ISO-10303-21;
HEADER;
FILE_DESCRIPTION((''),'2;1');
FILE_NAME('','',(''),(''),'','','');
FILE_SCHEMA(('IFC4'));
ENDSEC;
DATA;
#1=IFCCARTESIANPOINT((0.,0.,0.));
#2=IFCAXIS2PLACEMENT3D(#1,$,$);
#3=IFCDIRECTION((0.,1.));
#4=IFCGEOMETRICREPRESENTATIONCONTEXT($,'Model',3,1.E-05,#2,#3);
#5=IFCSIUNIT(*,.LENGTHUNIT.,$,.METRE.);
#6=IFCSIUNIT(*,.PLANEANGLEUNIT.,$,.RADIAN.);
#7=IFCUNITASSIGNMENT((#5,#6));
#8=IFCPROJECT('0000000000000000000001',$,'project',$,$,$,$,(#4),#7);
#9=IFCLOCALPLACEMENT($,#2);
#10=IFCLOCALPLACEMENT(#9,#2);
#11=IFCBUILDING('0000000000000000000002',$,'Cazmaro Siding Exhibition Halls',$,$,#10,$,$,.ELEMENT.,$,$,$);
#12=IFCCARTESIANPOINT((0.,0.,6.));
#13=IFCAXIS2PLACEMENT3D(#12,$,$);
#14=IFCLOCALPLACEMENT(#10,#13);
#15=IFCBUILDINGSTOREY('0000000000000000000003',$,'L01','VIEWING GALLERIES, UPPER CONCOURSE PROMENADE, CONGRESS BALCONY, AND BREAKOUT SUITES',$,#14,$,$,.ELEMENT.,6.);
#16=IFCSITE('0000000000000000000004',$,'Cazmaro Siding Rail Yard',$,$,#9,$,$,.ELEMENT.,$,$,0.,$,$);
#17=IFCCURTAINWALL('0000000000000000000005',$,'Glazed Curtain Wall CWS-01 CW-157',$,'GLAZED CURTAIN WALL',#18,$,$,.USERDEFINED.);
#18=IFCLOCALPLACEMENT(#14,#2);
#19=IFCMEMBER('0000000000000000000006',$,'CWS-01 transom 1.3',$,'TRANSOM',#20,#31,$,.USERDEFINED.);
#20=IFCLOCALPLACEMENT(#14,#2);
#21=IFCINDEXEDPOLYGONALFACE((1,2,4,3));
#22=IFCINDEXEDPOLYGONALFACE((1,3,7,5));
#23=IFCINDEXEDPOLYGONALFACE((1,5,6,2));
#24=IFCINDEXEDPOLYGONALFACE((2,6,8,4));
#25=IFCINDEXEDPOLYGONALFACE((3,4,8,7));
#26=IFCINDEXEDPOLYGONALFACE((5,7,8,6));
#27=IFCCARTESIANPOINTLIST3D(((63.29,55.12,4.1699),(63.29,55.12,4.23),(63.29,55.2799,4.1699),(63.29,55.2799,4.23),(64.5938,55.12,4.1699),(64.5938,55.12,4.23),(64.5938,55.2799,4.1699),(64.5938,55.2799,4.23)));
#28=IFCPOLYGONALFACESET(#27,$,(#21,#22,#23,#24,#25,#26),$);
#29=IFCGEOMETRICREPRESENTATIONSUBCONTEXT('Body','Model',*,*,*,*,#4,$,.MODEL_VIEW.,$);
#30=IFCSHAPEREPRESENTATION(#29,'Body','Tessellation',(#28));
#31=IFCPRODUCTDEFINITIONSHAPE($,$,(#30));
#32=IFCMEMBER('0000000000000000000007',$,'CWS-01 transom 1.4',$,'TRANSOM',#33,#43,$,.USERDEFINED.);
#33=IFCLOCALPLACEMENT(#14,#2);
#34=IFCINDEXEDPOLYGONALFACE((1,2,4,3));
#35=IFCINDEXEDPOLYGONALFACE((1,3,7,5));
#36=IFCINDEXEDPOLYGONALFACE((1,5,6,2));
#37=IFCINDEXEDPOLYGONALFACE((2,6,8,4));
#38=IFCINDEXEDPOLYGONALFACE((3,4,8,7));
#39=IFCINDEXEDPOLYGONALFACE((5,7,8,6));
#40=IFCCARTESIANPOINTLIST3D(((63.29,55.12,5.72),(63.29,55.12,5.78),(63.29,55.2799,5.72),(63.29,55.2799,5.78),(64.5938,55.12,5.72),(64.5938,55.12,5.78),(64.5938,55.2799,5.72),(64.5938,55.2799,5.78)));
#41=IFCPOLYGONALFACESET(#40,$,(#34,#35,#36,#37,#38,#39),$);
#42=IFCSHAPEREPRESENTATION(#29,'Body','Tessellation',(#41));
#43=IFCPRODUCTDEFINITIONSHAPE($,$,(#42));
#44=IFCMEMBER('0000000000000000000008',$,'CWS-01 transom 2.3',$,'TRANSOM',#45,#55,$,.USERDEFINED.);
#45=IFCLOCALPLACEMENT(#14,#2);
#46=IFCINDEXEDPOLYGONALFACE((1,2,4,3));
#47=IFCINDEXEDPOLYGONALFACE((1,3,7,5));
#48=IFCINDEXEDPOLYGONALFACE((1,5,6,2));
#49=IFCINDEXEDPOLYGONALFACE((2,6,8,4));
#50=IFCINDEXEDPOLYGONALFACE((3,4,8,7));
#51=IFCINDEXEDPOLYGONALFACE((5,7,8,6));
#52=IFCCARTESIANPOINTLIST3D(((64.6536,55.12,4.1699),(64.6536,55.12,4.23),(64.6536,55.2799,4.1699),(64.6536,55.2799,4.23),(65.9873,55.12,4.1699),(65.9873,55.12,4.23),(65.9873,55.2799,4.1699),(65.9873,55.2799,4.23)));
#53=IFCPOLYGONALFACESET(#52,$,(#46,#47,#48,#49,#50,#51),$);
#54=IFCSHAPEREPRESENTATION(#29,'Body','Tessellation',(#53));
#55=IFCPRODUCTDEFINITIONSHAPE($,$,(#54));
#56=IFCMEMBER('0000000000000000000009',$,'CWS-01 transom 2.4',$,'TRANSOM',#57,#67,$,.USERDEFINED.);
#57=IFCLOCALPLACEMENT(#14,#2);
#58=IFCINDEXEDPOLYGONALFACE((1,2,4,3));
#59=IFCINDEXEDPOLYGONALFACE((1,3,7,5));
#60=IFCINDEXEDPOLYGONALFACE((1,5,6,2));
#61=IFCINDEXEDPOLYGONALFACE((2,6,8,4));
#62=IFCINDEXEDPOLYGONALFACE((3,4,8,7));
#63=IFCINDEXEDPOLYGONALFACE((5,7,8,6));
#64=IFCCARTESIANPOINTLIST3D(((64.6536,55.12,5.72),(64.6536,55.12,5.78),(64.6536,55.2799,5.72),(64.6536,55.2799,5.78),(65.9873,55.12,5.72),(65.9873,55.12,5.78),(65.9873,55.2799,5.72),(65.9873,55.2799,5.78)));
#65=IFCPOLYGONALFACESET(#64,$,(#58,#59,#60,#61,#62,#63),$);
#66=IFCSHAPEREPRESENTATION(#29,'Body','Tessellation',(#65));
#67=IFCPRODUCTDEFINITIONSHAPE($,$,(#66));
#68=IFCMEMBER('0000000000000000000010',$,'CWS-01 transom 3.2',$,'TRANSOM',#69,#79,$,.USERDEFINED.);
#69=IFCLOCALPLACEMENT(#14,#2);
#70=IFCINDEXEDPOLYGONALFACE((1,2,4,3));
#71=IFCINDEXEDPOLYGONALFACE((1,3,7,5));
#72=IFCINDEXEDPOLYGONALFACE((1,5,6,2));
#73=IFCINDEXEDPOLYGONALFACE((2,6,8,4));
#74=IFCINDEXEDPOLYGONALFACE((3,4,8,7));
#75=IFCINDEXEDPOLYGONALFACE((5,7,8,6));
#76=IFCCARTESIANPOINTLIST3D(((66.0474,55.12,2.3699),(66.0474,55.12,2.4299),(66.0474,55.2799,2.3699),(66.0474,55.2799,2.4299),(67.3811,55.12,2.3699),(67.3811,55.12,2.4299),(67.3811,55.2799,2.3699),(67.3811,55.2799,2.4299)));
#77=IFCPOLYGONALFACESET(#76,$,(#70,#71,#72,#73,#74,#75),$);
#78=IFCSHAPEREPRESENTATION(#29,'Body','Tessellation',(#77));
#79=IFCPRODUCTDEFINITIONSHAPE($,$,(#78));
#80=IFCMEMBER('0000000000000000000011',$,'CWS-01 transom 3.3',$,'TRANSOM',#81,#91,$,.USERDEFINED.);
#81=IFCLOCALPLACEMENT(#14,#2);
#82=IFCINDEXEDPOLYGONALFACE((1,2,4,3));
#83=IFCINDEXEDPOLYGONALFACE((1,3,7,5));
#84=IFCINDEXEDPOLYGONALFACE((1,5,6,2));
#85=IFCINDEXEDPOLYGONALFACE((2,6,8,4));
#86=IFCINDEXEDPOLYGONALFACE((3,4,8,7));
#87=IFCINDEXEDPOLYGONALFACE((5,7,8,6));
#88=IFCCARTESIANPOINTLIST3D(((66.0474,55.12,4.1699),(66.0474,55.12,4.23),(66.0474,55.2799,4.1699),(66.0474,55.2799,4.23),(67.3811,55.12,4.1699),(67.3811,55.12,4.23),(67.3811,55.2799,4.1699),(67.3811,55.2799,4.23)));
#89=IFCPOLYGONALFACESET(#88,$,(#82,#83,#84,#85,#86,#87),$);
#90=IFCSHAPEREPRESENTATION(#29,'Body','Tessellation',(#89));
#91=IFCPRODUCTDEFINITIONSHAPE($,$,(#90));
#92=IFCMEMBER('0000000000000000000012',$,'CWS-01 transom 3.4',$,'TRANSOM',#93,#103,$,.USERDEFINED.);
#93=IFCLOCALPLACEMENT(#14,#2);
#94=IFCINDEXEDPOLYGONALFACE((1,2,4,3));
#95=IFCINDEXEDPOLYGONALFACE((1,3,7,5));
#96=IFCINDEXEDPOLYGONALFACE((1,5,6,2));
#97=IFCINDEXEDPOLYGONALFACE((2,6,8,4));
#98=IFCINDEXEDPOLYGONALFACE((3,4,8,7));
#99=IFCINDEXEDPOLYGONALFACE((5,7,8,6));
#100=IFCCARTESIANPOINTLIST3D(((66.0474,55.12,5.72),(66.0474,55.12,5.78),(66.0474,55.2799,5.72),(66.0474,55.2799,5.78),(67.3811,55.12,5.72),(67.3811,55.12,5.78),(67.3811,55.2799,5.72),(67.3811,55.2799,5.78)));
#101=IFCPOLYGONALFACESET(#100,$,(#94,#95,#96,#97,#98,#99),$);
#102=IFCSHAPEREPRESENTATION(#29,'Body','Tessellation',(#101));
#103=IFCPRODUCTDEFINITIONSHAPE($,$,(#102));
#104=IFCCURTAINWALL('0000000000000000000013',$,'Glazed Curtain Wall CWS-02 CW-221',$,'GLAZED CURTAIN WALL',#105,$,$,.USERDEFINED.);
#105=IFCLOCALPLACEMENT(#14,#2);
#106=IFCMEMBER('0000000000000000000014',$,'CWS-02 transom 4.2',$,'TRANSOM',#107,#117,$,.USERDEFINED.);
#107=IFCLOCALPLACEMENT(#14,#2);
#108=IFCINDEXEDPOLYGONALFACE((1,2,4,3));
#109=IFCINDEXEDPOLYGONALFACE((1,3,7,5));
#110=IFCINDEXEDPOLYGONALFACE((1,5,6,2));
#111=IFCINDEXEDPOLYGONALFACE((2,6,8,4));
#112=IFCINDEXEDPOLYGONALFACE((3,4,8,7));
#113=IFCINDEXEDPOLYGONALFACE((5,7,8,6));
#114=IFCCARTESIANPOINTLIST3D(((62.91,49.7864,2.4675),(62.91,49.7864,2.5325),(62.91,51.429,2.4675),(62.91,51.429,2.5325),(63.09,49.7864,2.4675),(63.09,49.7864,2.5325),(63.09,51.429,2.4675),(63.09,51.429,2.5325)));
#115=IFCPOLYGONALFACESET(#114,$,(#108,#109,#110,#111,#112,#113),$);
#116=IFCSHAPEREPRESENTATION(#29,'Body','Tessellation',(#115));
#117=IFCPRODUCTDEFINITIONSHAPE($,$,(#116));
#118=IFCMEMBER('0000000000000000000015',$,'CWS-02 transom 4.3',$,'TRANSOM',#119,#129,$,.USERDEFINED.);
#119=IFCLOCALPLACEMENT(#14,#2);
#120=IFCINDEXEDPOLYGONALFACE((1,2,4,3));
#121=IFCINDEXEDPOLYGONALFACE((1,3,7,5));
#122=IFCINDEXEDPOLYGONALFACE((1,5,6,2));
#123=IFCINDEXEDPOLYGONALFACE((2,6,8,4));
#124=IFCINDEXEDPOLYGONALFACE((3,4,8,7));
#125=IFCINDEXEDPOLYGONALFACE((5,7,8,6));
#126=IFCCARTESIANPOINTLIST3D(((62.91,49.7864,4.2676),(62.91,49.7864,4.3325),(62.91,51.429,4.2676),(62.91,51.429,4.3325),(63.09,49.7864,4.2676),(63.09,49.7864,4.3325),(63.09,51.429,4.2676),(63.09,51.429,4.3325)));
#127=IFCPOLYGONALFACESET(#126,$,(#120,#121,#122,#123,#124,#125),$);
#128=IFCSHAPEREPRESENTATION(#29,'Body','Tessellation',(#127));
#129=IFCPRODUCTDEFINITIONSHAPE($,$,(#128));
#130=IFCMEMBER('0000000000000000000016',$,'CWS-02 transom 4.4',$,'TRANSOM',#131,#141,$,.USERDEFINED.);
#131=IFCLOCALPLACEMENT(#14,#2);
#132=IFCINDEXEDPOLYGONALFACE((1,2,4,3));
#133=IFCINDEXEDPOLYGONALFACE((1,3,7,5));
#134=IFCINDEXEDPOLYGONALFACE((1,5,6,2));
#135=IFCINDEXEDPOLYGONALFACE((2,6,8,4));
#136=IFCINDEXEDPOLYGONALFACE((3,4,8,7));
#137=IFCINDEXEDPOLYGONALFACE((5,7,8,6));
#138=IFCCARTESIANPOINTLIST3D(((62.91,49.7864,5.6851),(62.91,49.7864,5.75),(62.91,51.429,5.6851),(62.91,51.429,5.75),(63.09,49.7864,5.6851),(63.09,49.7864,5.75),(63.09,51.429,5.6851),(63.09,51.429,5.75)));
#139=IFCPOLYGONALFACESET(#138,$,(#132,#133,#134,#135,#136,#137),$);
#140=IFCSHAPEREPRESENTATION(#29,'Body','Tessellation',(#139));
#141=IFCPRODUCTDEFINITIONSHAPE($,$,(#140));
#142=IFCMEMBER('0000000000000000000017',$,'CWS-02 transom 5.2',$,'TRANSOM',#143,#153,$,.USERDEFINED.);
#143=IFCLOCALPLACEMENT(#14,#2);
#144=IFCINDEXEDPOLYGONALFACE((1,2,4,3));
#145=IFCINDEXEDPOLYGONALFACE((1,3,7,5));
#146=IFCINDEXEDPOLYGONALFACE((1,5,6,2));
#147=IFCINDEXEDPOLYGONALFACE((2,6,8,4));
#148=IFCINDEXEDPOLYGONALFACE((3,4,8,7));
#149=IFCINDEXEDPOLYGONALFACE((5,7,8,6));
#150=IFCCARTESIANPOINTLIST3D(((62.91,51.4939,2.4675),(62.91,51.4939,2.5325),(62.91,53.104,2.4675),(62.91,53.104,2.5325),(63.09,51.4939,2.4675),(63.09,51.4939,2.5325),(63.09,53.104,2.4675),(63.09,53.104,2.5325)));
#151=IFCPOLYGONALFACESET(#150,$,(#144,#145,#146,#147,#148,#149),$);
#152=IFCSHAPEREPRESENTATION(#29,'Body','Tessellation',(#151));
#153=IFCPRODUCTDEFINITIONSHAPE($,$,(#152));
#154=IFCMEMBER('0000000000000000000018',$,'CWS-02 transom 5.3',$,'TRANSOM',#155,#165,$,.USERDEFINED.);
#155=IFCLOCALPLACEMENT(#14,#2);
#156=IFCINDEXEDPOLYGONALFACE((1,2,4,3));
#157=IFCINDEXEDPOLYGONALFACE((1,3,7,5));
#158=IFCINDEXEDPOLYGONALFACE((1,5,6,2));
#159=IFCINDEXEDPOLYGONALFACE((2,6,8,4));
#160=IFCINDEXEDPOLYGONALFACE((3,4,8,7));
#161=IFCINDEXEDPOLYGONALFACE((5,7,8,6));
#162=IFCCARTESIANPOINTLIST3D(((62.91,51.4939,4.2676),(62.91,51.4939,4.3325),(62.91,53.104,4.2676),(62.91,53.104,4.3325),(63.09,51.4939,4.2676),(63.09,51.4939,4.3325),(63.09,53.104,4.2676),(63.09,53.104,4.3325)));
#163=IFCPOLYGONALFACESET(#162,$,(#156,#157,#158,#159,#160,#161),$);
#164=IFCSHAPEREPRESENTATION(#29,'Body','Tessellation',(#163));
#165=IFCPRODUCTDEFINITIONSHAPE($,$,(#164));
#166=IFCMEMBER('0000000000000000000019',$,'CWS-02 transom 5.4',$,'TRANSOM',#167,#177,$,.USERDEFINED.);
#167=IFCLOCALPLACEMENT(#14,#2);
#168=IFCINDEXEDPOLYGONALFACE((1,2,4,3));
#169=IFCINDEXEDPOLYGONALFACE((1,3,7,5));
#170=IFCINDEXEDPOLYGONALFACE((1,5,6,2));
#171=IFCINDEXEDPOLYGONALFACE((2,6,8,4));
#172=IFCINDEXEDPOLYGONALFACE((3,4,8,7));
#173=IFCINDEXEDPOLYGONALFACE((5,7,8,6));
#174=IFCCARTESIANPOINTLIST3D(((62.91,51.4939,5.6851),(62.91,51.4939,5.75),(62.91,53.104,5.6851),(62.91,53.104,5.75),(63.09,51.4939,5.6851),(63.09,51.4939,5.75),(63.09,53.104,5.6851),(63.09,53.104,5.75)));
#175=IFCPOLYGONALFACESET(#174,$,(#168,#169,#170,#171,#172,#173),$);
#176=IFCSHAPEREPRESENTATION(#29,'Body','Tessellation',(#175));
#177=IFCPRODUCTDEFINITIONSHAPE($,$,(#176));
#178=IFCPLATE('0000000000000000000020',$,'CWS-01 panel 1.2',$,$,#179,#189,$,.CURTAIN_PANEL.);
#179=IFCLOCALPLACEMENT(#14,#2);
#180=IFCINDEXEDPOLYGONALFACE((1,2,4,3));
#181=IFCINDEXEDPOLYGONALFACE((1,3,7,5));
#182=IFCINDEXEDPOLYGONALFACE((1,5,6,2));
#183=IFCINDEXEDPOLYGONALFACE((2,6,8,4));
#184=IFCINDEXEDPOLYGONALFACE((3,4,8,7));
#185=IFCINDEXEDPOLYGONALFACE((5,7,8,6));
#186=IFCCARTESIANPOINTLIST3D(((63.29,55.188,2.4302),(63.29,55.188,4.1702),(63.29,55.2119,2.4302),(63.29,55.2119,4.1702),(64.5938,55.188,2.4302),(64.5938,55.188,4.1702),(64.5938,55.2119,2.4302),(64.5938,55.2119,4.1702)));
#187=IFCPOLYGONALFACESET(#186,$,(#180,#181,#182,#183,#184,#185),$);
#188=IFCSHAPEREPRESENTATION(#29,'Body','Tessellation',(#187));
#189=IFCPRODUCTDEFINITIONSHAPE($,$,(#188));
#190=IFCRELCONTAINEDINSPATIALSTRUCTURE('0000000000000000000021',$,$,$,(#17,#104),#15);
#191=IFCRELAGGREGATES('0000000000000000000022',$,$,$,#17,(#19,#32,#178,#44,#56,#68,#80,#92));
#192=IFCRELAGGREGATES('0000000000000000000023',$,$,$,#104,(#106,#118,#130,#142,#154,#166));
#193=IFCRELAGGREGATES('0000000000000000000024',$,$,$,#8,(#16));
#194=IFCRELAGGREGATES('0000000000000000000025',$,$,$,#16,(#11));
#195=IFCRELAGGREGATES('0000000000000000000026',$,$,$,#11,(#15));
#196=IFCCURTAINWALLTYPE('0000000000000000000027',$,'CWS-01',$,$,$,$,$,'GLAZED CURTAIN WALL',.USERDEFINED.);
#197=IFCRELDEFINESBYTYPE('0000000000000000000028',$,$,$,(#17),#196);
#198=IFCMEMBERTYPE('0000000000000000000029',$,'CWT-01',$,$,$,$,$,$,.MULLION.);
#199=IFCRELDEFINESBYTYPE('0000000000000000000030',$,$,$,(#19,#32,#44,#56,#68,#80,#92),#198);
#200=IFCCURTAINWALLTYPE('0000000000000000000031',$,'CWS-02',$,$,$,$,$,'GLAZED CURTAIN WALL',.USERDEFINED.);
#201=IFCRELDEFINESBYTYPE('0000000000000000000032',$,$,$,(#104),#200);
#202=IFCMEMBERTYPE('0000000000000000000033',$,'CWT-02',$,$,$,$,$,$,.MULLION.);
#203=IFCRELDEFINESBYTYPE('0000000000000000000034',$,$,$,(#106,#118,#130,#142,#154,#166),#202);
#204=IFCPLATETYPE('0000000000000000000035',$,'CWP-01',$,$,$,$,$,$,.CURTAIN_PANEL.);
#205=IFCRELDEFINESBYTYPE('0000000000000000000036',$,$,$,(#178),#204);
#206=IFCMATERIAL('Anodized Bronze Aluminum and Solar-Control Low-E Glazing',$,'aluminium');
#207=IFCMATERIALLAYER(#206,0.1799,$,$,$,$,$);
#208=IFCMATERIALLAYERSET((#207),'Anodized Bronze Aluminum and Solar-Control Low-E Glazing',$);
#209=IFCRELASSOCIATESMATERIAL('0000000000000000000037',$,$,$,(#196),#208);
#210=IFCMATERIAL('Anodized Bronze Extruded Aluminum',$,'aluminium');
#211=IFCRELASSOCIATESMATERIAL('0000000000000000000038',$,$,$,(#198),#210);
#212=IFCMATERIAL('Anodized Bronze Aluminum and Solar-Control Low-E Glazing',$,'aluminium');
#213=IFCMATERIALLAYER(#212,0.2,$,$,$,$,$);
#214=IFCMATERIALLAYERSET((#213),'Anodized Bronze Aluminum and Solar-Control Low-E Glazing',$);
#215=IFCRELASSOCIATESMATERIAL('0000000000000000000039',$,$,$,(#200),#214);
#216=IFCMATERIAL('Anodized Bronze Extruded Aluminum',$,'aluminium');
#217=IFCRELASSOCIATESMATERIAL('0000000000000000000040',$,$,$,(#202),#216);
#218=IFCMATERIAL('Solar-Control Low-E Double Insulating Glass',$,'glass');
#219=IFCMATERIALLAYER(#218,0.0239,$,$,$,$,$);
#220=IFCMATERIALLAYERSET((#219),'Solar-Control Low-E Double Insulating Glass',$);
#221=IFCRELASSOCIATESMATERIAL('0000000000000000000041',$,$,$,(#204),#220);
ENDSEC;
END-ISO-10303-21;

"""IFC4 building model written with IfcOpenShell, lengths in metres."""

from ifc_helpers import new_model, si_unit, direction, frame, origin, origin_2d, place, context, subcontext, project, spatial, rectangle, extrude, material, layer, layer_set, material_profile, profile_set, type_object, element, aggregate, save


model = new_model("IFC4")

# Units and contexts
model_context = context("Model", 3, precision=1e-05, world=origin(), true_north=direction((0.0, 1.0)))
body_context = subcontext(model_context, "Body", "Model", "MODEL_VIEW")
ifc_project = project(units=[si_unit("LENGTHUNIT", "METRE"), si_unit("PLANEANGLEUNIT", "RADIAN")], contexts=[model_context])

# Site, building, storey
site_placement = place(None, origin())
site = spatial("IfcSite", under=ifc_project, at=site_placement, Name="Cazmaro Siding Rail Yard", CompositionType="ELEMENT", RefElevation=0.0)
building_placement = place(site_placement, origin())
building = spatial("IfcBuilding", under=site, at=building_placement, Name="Cazmaro Siding Exhibition Halls", CompositionType="ELEMENT")
storey_placement = place(building_placement, frame((0.0, 0.0, 6.0)))
storey = spatial("IfcBuildingStorey", under=building, at=storey_placement, Name="L01", Description="VIEWING GALLERIES, UPPER CONCOURSE PROMENADE, CONGRESS BALCONY, AND BREAKOUT SUITES", CompositionType="ELEMENT", Elevation=6.0)

# Curtain walls, members
ifc_material_1 = material(Name="Anodized Bronze Aluminum and Solar-Control Low-E Glazing", Category="aluminium")
ifc_layer_1 = layer(ifc_material_1, 0.1799)
ifc_layer_set_1 = layer_set([ifc_layer_1], Name="Anodized Bronze Aluminum and Solar-Control Low-E Glazing")
curtain_wall_type_1 = type_object("IfcCurtainWallType", Name="CWS-01", ElementType="GLAZED CURTAIN WALL", PredefinedType="USERDEFINED", material=ifc_layer_set_1)
curtain_wall_1_placement = place(storey_placement, origin())
curtain_wall_1 = element("IfcCurtainWall", 1, at=curtain_wall_1_placement, inside=storey, type_object=curtain_wall_type_1, Name="Glazed Curtain Wall CWS-01 CW-157", ObjectType="GLAZED CURTAIN WALL", PredefinedType="USERDEFINED")
ifc_material_2 = material(Name="Anodized Bronze Extruded Aluminum", Category="aluminium")
ifc_material_profile_1 = material_profile(ifc_material_2, rectangle(XDim=0.1599, YDim=0.0601, at=origin_2d()), Name="CWT-01")
ifc_profile_set_1 = profile_set([ifc_material_profile_1], Name="Anodized Bronze Extruded Aluminum")
member_type_1 = type_object("IfcMemberType", Name="CWT-01", PredefinedType="MULLION", material=ifc_profile_set_1)
member_1_placement = place(storey_placement, frame((63.29, 55.2, 4.2), z_axis=(1.0, 0.0, 0.0), x_axis=(0.0, 1.0, 0.0)))
member_1 = element("IfcMember", 2, at=member_1_placement, type_object=member_type_1, Name="CWS-01 transom 1.3", ObjectType="TRANSOM", PredefinedType="USERDEFINED", context=body_context, shape_type="SweptSolid", body=[
    extrude(rectangle(XDim=0.1599, YDim=0.0601, at=origin_2d()), origin(), (0.0, 0.0, 1.0), 1.3037),
])
member_2_placement = place(storey_placement, frame((63.29, 55.2, 5.75), z_axis=(1.0, 0.0, 0.0), x_axis=(0.0, 1.0, 0.0)))
member_2 = element("IfcMember", 3, at=member_2_placement, type_object=member_type_1, Name="CWS-01 transom 1.4", ObjectType="TRANSOM", PredefinedType="USERDEFINED", context=body_context, shape_type="SweptSolid", body=[
    extrude(rectangle(XDim=0.1599, YDim=0.0601, at=origin_2d()), origin(), (0.0, 0.0, 1.0), 1.3037),
])
member_3_placement = place(storey_placement, frame((64.6536, 55.2, 4.2), z_axis=(1.0, 0.0, 0.0), x_axis=(0.0, 1.0, 0.0)))
member_3 = element("IfcMember", 4, at=member_3_placement, type_object=member_type_1, Name="CWS-01 transom 2.3", ObjectType="TRANSOM", PredefinedType="USERDEFINED", context=body_context, shape_type="SweptSolid", body=[
    extrude(rectangle(XDim=0.1599, YDim=0.0601, at=origin_2d()), origin(), (0.0, 0.0, 1.0), 1.3337),
])
member_4_placement = place(storey_placement, frame((64.6536, 55.2, 5.75), z_axis=(1.0, 0.0, 0.0), x_axis=(0.0, 1.0, 0.0)))
member_4 = element("IfcMember", 5, at=member_4_placement, type_object=member_type_1, Name="CWS-01 transom 2.4", ObjectType="TRANSOM", PredefinedType="USERDEFINED", context=body_context, shape_type="SweptSolid", body=[
    extrude(rectangle(XDim=0.1599, YDim=0.0601, at=origin_2d()), origin(), (0.0, 0.0, 1.0), 1.3337),
])
member_5_placement = place(storey_placement, frame((66.0474, 55.2, 2.3999), z_axis=(1.0, 0.0, 0.0), x_axis=(0.0, 1.0, 0.0)))
member_5 = element("IfcMember", 6, at=member_5_placement, type_object=member_type_1, Name="CWS-01 transom 3.2", ObjectType="TRANSOM", PredefinedType="USERDEFINED", context=body_context, shape_type="SweptSolid", body=[
    extrude(rectangle(XDim=0.1599, YDim=0.0601, at=origin_2d()), origin(), (0.0, 0.0, 1.0), 1.3337),
])
member_6_placement = place(storey_placement, frame((66.0474, 55.2, 4.2), z_axis=(1.0, 0.0, 0.0), x_axis=(0.0, 1.0, 0.0)))
member_6 = element("IfcMember", 7, at=member_6_placement, type_object=member_type_1, Name="CWS-01 transom 3.3", ObjectType="TRANSOM", PredefinedType="USERDEFINED", context=body_context, shape_type="SweptSolid", body=[
    extrude(rectangle(XDim=0.1599, YDim=0.0601, at=origin_2d()), origin(), (0.0, 0.0, 1.0), 1.3337),
])
member_7_placement = place(storey_placement, frame((66.0474, 55.2, 5.75), z_axis=(1.0, 0.0, 0.0), x_axis=(0.0, 1.0, 0.0)))
member_7 = element("IfcMember", 8, at=member_7_placement, type_object=member_type_1, Name="CWS-01 transom 3.4", ObjectType="TRANSOM", PredefinedType="USERDEFINED", context=body_context, shape_type="SweptSolid", body=[
    extrude(rectangle(XDim=0.1599, YDim=0.0601, at=origin_2d()), origin(), (0.0, 0.0, 1.0), 1.3337),
])
ifc_material_3 = material(Name="Anodized Bronze Aluminum and Solar-Control Low-E Glazing", Category="aluminium")
ifc_layer_2 = layer(ifc_material_3, 0.2)
ifc_layer_set_2 = layer_set([ifc_layer_2], Name="Anodized Bronze Aluminum and Solar-Control Low-E Glazing")
curtain_wall_type_2 = type_object("IfcCurtainWallType", Name="CWS-02", ElementType="GLAZED CURTAIN WALL", PredefinedType="USERDEFINED", material=ifc_layer_set_2)
curtain_wall_2_placement = place(storey_placement, origin())
curtain_wall_2 = element("IfcCurtainWall", 9, at=curtain_wall_2_placement, inside=storey, type_object=curtain_wall_type_2, Name="Glazed Curtain Wall CWS-02 CW-221", ObjectType="GLAZED CURTAIN WALL", PredefinedType="USERDEFINED")
ifc_material_4 = material(Name="Anodized Bronze Extruded Aluminum", Category="aluminium")
ifc_material_profile_2 = material_profile(ifc_material_4, rectangle(XDim=0.1799, YDim=0.0649, at=origin_2d()), Name="CWT-02")
ifc_profile_set_2 = profile_set([ifc_material_profile_2], Name="Anodized Bronze Extruded Aluminum")
member_type_2 = type_object("IfcMemberType", Name="CWT-02", PredefinedType="MULLION", material=ifc_profile_set_2)
member_8_placement = place(storey_placement, frame((63.0, 49.7864, 2.5), z_axis=(0.0, 1.0, 0.0), x_axis=(-1.0, 0.0, 0.0)))
member_8 = element("IfcMember", 10, at=member_8_placement, type_object=member_type_2, Name="CWS-02 transom 4.2", ObjectType="TRANSOM", PredefinedType="USERDEFINED", context=body_context, shape_type="SweptSolid", body=[
    extrude(rectangle(XDim=0.1799, YDim=0.0649, at=origin_2d()), origin(), (0.0, 0.0, 1.0), 1.6426),
])
member_9_placement = place(storey_placement, frame((63.0, 49.7864, 4.3), z_axis=(0.0, 1.0, 0.0), x_axis=(-1.0, 0.0, 0.0)))
member_9 = element("IfcMember", 11, at=member_9_placement, type_object=member_type_2, Name="CWS-02 transom 4.3", ObjectType="TRANSOM", PredefinedType="USERDEFINED", context=body_context, shape_type="SweptSolid", body=[
    extrude(rectangle(XDim=0.1799, YDim=0.0649, at=origin_2d()), origin(), (0.0, 0.0, 1.0), 1.6426),
])
member_10_placement = place(storey_placement, frame((63.0, 49.7864, 5.7175), z_axis=(0.0, 1.0, 0.0), x_axis=(-1.0, 0.0, 0.0)))
member_10 = element("IfcMember", 12, at=member_10_placement, type_object=member_type_2, Name="CWS-02 transom 4.4", ObjectType="TRANSOM", PredefinedType="USERDEFINED", context=body_context, shape_type="SweptSolid", body=[
    extrude(rectangle(XDim=0.1799, YDim=0.0649, at=origin_2d()), origin(), (0.0, 0.0, 1.0), 1.6426),
])
member_11_placement = place(storey_placement, frame((63.0, 51.4939, 2.5), z_axis=(0.0, 1.0, 0.0), x_axis=(-1.0, 0.0, 0.0)))
member_11 = element("IfcMember", 13, at=member_11_placement, type_object=member_type_2, Name="CWS-02 transom 5.2", ObjectType="TRANSOM", PredefinedType="USERDEFINED", context=body_context, shape_type="SweptSolid", body=[
    extrude(rectangle(XDim=0.1799, YDim=0.0649, at=origin_2d()), origin(), (0.0, 0.0, 1.0), 1.6101),
])
member_12_placement = place(storey_placement, frame((63.0, 51.4939, 4.3), z_axis=(0.0, 1.0, 0.0), x_axis=(-1.0, 0.0, 0.0)))
member_12 = element("IfcMember", 14, at=member_12_placement, type_object=member_type_2, Name="CWS-02 transom 5.3", ObjectType="TRANSOM", PredefinedType="USERDEFINED", context=body_context, shape_type="SweptSolid", body=[
    extrude(rectangle(XDim=0.1799, YDim=0.0649, at=origin_2d()), origin(), (0.0, 0.0, 1.0), 1.6101),
])
member_13_placement = place(storey_placement, frame((63.0, 51.4939, 5.7175), z_axis=(0.0, 1.0, 0.0), x_axis=(-1.0, 0.0, 0.0)))
member_13 = element("IfcMember", 15, at=member_13_placement, type_object=member_type_2, Name="CWS-02 transom 5.4", ObjectType="TRANSOM", PredefinedType="USERDEFINED", context=body_context, shape_type="SweptSolid", body=[
    extrude(rectangle(XDim=0.1799, YDim=0.0649, at=origin_2d()), origin(), (0.0, 0.0, 1.0), 1.6101),
])

# Plate
ifc_material_5 = material(Name="Solar-Control Low-E Double Insulating Glass", Category="glass")
ifc_layer_3 = layer(ifc_material_5, 0.0239)
ifc_layer_set_3 = layer_set([ifc_layer_3], Name="Solar-Control Low-E Double Insulating Glass")
plate_type_1 = type_object("IfcPlateType", Name="CWP-01", PredefinedType="CURTAIN_PANEL", material=ifc_layer_set_3)
plate_1_placement = place(storey_placement, frame((63.9419, 55.2, 2.4302), z_axis=(0.0, 0.0, 1.0), x_axis=(1.0, 0.0, 0.0)))
plate_1 = element("IfcPlate", 16, at=plate_1_placement, type_object=plate_type_1, Name="CWS-01 panel 1.2", PredefinedType="CURTAIN_PANEL", context=body_context, shape_type="SweptSolid", body=[
    extrude(rectangle(XDim=1.3037, YDim=0.0239, at=origin_2d()), origin(), (0.0, 0.0, 1.0), 1.74),
])
aggregate(curtain_wall_1, [member_1, member_2, plate_1, member_3, member_4, member_5, member_6, member_7])
aggregate(curtain_wall_2, [member_8, member_9, member_10, member_11, member_12, member_13])

save(model, "model.ifc")
